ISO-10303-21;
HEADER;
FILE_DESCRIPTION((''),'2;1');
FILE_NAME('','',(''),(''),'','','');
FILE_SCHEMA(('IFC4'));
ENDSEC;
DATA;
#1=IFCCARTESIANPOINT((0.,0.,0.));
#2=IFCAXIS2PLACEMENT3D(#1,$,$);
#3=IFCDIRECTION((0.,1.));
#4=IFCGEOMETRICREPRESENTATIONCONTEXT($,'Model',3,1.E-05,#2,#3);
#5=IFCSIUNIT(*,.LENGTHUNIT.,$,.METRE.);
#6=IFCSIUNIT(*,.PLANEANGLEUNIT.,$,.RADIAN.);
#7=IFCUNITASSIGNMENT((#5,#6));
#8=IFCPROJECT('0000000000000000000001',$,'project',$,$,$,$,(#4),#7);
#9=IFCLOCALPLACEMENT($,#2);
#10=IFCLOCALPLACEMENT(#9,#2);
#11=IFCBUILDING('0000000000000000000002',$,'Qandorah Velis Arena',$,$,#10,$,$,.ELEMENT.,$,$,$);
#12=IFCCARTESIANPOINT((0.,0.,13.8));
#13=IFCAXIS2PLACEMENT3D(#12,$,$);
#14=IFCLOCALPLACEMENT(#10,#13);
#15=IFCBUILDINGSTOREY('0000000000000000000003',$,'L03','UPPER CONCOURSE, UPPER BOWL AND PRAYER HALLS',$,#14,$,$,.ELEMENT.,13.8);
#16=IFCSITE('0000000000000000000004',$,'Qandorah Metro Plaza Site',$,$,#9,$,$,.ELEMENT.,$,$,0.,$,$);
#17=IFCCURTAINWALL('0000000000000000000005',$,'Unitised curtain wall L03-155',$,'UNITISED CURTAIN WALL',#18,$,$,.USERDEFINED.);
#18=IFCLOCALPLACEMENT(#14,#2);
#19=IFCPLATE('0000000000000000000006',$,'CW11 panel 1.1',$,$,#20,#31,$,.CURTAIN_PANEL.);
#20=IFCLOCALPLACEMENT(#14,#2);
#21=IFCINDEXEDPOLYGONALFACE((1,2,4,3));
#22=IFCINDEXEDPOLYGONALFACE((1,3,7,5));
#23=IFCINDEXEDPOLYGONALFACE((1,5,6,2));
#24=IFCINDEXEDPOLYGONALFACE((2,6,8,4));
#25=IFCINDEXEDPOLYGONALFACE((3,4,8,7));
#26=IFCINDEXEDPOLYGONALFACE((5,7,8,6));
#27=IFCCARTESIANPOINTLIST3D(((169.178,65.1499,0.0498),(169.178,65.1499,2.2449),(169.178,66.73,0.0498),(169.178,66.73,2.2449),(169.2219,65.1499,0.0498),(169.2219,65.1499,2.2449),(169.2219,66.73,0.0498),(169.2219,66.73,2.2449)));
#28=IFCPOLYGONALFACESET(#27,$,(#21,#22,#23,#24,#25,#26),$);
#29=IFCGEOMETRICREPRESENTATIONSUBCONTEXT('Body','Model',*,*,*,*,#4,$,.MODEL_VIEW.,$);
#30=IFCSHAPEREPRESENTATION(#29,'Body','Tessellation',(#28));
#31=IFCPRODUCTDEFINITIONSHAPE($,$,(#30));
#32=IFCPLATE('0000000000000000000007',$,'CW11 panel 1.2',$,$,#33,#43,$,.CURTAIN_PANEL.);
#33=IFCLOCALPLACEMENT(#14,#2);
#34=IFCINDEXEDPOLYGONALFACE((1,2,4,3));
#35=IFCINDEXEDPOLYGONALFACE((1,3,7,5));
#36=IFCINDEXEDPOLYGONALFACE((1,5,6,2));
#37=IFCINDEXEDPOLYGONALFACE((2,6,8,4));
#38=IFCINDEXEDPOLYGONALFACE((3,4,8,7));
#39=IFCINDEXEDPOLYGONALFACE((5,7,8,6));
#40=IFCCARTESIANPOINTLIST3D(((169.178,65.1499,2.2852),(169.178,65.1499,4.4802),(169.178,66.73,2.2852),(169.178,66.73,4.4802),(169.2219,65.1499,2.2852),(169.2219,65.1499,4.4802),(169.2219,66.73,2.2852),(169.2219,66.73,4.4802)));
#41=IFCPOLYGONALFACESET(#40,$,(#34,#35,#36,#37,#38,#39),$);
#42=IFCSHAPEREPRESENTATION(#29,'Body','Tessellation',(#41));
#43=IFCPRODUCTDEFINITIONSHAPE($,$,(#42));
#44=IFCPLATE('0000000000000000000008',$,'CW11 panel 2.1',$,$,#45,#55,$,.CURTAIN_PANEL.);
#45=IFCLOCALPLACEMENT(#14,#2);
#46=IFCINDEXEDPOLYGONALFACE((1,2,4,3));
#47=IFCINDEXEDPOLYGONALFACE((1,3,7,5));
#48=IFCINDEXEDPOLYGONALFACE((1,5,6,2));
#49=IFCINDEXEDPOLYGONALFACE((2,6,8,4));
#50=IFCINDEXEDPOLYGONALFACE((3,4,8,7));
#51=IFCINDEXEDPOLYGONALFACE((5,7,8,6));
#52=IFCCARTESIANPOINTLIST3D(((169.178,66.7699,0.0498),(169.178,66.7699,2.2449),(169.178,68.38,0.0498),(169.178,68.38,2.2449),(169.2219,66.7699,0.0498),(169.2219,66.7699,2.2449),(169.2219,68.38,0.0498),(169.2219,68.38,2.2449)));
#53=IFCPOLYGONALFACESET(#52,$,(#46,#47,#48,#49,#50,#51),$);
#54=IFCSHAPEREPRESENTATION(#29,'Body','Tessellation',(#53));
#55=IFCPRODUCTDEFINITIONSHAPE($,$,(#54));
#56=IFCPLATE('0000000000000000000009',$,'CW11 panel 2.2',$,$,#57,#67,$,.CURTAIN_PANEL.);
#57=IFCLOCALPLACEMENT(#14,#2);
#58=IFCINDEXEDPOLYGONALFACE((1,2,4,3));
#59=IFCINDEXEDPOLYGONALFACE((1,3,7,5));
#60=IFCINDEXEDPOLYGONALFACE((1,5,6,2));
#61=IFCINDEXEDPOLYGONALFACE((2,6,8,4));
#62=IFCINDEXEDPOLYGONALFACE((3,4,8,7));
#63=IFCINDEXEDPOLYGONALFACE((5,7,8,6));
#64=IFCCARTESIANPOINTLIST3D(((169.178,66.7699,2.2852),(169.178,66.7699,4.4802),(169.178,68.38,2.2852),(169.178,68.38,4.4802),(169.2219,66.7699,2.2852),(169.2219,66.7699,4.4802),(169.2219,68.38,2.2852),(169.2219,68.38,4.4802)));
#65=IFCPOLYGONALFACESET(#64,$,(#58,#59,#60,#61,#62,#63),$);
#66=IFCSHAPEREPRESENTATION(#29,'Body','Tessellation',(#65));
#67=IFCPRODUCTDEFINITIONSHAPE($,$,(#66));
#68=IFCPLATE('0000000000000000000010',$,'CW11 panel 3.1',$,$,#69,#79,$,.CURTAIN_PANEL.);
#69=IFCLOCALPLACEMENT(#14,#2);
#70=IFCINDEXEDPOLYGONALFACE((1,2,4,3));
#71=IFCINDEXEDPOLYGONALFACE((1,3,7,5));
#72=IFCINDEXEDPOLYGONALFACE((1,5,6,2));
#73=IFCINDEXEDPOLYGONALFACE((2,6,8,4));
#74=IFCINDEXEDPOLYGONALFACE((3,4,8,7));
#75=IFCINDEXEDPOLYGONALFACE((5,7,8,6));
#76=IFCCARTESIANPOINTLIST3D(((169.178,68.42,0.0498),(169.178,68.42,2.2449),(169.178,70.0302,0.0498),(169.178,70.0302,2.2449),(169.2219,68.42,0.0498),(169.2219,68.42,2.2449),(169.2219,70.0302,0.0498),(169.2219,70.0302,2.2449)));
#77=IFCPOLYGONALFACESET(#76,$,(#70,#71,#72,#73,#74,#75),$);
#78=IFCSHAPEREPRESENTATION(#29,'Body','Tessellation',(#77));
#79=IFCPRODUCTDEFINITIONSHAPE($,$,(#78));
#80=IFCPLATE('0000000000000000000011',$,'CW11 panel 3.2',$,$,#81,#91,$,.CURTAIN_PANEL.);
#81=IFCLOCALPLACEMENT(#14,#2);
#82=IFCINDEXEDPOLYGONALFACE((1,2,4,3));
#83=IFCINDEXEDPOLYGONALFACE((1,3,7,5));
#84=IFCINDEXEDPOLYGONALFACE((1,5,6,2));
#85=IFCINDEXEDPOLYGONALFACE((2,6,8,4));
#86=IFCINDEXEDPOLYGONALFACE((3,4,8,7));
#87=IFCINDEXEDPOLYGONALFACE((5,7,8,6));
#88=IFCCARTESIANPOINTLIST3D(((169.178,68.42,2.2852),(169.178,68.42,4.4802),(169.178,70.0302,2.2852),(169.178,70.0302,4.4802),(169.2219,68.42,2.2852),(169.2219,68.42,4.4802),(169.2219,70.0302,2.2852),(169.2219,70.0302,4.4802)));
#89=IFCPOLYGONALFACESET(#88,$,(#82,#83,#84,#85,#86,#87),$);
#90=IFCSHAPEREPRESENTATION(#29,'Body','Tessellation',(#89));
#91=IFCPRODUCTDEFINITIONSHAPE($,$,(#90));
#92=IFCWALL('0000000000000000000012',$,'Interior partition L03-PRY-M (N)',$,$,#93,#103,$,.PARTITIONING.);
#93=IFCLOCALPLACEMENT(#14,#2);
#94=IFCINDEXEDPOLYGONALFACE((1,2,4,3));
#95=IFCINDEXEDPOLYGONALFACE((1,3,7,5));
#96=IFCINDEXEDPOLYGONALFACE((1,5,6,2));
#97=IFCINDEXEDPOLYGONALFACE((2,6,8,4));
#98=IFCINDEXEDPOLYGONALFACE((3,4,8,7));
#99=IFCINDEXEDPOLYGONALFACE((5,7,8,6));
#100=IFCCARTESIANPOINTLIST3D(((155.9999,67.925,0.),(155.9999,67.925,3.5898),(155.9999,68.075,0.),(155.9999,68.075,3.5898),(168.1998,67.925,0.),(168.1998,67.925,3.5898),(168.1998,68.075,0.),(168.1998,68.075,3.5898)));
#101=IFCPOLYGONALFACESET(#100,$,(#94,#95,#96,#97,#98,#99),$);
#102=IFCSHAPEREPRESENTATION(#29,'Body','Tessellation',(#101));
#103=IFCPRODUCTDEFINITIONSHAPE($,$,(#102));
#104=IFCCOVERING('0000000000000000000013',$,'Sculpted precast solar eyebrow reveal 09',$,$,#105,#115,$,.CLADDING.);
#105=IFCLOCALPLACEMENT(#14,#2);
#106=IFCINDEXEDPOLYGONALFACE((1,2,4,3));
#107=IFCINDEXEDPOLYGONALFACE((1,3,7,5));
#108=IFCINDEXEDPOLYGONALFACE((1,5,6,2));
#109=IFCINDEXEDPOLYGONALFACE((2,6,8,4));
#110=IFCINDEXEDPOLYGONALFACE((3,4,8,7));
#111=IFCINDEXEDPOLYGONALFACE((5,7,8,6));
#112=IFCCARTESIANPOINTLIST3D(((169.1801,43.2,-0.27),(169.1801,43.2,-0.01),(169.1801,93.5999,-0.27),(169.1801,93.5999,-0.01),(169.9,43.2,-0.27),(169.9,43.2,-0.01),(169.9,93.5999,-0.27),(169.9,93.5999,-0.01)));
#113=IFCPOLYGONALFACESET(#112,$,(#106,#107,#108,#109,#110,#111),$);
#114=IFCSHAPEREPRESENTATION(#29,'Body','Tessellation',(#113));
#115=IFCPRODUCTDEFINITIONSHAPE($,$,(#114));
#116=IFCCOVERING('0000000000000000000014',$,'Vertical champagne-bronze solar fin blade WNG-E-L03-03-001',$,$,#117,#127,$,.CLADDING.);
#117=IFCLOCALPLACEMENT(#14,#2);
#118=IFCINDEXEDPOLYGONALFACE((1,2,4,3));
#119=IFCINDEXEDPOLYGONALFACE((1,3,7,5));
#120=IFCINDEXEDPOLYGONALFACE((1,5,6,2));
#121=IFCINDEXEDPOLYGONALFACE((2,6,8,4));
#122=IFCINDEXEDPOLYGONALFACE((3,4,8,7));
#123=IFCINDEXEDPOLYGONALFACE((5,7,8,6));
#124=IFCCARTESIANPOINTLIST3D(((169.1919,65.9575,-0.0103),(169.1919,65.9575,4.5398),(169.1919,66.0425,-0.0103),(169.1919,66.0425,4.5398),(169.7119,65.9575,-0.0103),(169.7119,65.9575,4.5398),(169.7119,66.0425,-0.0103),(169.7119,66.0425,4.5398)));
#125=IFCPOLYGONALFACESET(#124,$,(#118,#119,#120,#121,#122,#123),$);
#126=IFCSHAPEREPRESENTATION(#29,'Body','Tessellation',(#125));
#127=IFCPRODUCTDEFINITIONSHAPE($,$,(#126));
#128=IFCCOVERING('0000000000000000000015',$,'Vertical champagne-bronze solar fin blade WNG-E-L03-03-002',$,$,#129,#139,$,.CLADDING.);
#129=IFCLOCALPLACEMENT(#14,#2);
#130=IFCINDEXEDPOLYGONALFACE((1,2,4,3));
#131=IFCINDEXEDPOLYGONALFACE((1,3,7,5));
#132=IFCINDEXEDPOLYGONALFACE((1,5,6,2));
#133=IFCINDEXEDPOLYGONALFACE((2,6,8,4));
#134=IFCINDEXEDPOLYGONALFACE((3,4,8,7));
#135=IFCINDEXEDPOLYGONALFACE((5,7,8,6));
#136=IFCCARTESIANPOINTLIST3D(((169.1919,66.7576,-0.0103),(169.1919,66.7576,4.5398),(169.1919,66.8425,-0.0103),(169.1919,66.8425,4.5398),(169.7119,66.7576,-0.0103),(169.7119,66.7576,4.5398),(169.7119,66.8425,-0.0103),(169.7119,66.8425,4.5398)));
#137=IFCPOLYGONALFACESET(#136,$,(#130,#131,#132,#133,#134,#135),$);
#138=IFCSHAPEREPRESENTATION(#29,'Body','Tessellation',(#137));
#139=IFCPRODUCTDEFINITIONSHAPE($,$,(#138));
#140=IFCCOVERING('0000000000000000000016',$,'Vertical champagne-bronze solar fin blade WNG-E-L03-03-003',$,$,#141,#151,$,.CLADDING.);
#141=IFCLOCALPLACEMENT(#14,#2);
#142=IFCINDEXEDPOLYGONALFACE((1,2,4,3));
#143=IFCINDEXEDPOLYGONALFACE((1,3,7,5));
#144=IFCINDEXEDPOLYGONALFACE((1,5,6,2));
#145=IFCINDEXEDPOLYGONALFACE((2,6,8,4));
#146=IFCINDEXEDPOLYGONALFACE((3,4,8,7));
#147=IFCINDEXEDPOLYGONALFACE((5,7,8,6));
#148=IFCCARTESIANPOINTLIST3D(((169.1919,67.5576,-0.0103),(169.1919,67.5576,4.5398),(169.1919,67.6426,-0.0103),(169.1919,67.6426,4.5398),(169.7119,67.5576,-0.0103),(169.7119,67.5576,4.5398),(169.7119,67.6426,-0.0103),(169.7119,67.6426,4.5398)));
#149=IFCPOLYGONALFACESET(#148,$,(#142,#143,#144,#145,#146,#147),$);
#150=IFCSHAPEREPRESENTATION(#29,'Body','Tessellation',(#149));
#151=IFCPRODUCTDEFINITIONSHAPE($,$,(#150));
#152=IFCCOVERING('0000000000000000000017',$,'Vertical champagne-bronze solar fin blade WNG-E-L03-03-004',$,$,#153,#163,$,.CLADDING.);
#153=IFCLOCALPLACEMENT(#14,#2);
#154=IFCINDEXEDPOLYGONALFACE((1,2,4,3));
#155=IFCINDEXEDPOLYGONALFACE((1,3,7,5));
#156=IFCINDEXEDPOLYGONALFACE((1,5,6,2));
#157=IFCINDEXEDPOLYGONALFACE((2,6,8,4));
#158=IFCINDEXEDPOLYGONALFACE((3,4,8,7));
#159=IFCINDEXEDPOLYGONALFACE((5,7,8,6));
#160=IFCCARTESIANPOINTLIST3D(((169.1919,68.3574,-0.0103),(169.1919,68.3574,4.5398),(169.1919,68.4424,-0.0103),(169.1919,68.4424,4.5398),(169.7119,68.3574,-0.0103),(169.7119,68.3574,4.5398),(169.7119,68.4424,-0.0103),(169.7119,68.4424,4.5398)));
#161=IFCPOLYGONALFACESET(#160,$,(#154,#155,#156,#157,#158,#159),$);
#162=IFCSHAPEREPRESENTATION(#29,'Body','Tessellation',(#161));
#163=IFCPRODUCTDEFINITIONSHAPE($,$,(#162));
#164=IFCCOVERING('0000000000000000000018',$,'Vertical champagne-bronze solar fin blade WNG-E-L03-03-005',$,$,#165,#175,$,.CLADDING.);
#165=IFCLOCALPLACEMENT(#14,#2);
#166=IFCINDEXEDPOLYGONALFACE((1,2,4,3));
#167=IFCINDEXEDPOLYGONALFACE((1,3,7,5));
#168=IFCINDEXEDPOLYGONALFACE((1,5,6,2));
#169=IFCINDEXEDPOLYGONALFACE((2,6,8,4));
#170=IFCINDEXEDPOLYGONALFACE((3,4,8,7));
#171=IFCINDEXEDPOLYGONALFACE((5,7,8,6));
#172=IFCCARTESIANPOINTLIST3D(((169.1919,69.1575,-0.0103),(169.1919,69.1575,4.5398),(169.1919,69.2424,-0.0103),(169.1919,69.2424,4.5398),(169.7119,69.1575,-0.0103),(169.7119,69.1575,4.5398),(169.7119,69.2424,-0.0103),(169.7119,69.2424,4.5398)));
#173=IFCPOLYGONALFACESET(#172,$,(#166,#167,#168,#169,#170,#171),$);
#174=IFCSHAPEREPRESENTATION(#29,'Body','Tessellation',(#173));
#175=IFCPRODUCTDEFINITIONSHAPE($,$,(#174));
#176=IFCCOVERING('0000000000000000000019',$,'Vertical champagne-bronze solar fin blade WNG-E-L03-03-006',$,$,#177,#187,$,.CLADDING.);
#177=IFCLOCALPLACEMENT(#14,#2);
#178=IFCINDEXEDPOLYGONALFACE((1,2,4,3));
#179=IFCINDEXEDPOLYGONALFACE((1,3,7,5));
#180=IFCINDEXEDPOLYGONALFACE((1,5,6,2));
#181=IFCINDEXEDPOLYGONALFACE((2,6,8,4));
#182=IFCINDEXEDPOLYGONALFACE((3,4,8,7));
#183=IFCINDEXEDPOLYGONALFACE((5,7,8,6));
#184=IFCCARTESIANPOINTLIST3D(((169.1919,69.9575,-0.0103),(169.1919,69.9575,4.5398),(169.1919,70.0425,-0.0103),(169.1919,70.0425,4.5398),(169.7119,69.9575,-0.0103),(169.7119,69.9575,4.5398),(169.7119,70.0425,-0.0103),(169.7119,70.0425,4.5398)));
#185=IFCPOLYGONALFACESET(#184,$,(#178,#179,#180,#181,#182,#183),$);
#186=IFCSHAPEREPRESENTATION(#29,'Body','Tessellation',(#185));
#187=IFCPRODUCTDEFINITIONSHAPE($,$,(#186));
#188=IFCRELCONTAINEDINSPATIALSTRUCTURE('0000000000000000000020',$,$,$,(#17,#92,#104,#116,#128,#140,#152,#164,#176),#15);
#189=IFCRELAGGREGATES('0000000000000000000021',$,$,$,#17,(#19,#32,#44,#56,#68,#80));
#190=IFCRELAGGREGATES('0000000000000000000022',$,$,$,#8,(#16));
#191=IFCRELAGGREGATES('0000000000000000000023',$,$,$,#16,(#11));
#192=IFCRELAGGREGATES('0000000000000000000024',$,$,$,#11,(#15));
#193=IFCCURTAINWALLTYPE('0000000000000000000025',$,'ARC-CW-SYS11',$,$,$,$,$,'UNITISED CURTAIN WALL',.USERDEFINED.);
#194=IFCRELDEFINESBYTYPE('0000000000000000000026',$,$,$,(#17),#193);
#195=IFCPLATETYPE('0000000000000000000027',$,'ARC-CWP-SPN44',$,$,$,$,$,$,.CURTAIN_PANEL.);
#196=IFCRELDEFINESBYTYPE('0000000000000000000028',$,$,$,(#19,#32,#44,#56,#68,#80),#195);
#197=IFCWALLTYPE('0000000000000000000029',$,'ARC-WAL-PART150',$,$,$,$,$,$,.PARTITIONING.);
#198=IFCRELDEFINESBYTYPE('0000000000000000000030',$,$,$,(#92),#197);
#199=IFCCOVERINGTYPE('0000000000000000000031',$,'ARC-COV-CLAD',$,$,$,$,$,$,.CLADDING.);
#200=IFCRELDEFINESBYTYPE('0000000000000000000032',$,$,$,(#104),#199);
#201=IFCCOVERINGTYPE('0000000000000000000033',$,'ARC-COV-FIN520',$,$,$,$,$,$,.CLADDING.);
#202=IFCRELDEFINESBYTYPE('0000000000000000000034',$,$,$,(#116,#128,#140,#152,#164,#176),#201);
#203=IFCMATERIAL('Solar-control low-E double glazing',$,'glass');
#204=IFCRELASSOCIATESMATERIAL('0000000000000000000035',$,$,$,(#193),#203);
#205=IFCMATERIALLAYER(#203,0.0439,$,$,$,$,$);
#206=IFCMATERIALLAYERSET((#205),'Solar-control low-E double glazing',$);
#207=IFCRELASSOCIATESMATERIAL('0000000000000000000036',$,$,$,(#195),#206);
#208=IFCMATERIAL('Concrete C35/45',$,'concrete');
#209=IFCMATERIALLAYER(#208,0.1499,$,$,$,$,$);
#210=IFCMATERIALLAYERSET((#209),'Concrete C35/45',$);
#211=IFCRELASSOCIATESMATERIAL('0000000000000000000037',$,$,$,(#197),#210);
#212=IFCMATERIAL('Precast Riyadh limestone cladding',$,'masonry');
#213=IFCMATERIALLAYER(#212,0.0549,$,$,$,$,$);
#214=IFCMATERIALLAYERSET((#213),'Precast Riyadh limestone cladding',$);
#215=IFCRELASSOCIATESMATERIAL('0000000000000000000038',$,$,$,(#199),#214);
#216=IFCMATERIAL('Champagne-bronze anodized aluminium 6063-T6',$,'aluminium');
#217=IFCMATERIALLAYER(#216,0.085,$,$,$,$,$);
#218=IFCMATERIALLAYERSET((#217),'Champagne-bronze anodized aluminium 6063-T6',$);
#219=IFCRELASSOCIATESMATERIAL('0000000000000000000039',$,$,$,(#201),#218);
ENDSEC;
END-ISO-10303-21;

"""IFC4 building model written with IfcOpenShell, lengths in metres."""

from ifc_helpers import new_model, si_unit, direction, frame, frame_2d, origin, origin_2d, place, context, subcontext, project, spatial, rectangle, extrude, material, layer, layer_set, type_object, element, aggregate, save


model = new_model("IFC4")

# Units and contexts
model_context = context("Model", 3, precision=1e-05, world=origin(), true_north=direction((0.0, 1.0)))
body_context = subcontext(model_context, "Body", "Model", "MODEL_VIEW")
ifc_project = project(units=[si_unit("LENGTHUNIT", "METRE"), si_unit("PLANEANGLEUNIT", "RADIAN")], contexts=[model_context])

# Site, building, storey
site_placement = place(None, origin())
site = spatial("IfcSite", under=ifc_project, at=site_placement, Name="Qandorah Metro Plaza Site", CompositionType="ELEMENT", RefElevation=0.0)
building_placement = place(site_placement, origin())
building = spatial("IfcBuilding", under=site, at=building_placement, Name="Qandorah Velis Arena", CompositionType="ELEMENT")
storey_placement = place(building_placement, frame((0.0, 0.0, 13.8)))
storey = spatial("IfcBuildingStorey", under=building, at=storey_placement, Name="L03", Description="UPPER CONCOURSE, UPPER BOWL AND PRAYER HALLS", CompositionType="ELEMENT", Elevation=13.8)

# Curtain wall
ifc_material_1 = material(Name="Solar-control low-E double glazing", Category="glass")
curtain_wall_type_1 = type_object("IfcCurtainWallType", Name="ARC-CW-SYS11", ElementType="UNITISED CURTAIN WALL", PredefinedType="USERDEFINED", material=ifc_material_1)
curtain_wall_1_placement = place(storey_placement, origin())
curtain_wall_1 = element("IfcCurtainWall", 1, at=curtain_wall_1_placement, inside=storey, type_object=curtain_wall_type_1, Name="Unitised curtain wall L03-155", ObjectType="UNITISED CURTAIN WALL", PredefinedType="USERDEFINED")
ifc_material_2 = material(Name="Champagne-bronze anodized aluminium 6063-T6", Category="aluminium")

# Plates
ifc_layer_1 = layer(ifc_material_1, 0.0439)
ifc_layer_set_1 = layer_set([ifc_layer_1], Name="Solar-control low-E double glazing")
plate_type = type_object("IfcPlateType", Name="ARC-CWP-SPN44", PredefinedType="CURTAIN_PANEL", material=ifc_layer_set_1)
plate_1_placement = place(storey_placement, frame((169.2, 65.9399, 0.0498), z_axis=(0.0, 0.0, 1.0), x_axis=(0.0, 1.0, 0.0)))
plate_1 = element("IfcPlate", 2, at=plate_1_placement, type_object=plate_type, Name="CW11 panel 1.1", PredefinedType="CURTAIN_PANEL", context=body_context, shape_type="SweptSolid", body=[
    extrude(rectangle(XDim=1.5801, YDim=0.0439, at=origin_2d()), origin(), (0.0, 0.0, 1.0), 2.1951),
])
plate_2_placement = place(storey_placement, frame((169.2, 65.9399, 2.2852), z_axis=(0.0, 0.0, 1.0), x_axis=(0.0, 1.0, 0.0)))
plate_2 = element("IfcPlate", 3, at=plate_2_placement, type_object=plate_type, Name="CW11 panel 1.2", PredefinedType="CURTAIN_PANEL", context=body_context, shape_type="SweptSolid", body=[
    extrude(rectangle(XDim=1.5801, YDim=0.0439, at=origin_2d()), origin(), (0.0, 0.0, 1.0), 2.1951),
])
plate_3_placement = place(storey_placement, frame((169.2, 67.575, 0.0498), z_axis=(0.0, 0.0, 1.0), x_axis=(0.0, 1.0, 0.0)))
plate_3 = element("IfcPlate", 4, at=plate_3_placement, type_object=plate_type, Name="CW11 panel 2.1", PredefinedType="CURTAIN_PANEL", context=body_context, shape_type="SweptSolid", body=[
    extrude(rectangle(XDim=1.6101, YDim=0.0439, at=origin_2d()), origin(), (0.0, 0.0, 1.0), 2.1951),
])
plate_4_placement = place(storey_placement, frame((169.2, 67.575, 2.2852), z_axis=(0.0, 0.0, 1.0), x_axis=(0.0, 1.0, 0.0)))
plate_4 = element("IfcPlate", 5, at=plate_4_placement, type_object=plate_type, Name="CW11 panel 2.2", PredefinedType="CURTAIN_PANEL", context=body_context, shape_type="SweptSolid", body=[
    extrude(rectangle(XDim=1.6101, YDim=0.0439, at=origin_2d()), origin(), (0.0, 0.0, 1.0), 2.1951),
])
plate_5_placement = place(storey_placement, frame((169.2, 69.2251, 0.0498), z_axis=(0.0, 0.0, 1.0), x_axis=(0.0, 1.0, 0.0)))
plate_5 = element("IfcPlate", 6, at=plate_5_placement, type_object=plate_type, Name="CW11 panel 3.1", PredefinedType="CURTAIN_PANEL", context=body_context, shape_type="SweptSolid", body=[
    extrude(rectangle(XDim=1.6101, YDim=0.0439, at=origin_2d()), origin(), (0.0, 0.0, 1.0), 2.1951),
])
plate_6_placement = place(storey_placement, frame((169.2, 69.2251, 2.2852), z_axis=(0.0, 0.0, 1.0), x_axis=(0.0, 1.0, 0.0)))
plate_6 = element("IfcPlate", 7, at=plate_6_placement, type_object=plate_type, Name="CW11 panel 3.2", PredefinedType="CURTAIN_PANEL", context=body_context, shape_type="SweptSolid", body=[
    extrude(rectangle(XDim=1.6101, YDim=0.0439, at=origin_2d()), origin(), (0.0, 0.0, 1.0), 2.1951),
])
aggregate(curtain_wall_1, [plate_1, plate_2, plate_3, plate_4, plate_5, plate_6])

# Wall
ifc_material_3 = material(Name="Concrete C35/45", Category="concrete")
ifc_layer_2 = layer(ifc_material_3, 0.1499)
ifc_layer_set_2 = layer_set([ifc_layer_2], Name="Concrete C35/45")
wall_type = type_object("IfcWallType", Name="ARC-WAL-PART150", PredefinedType="PARTITIONING", material=ifc_layer_set_2)
wall_placement = place(storey_placement, frame((168.2, 68.0, 0.0), z_axis=(0.0, 0.0, 1.0), x_axis=(-1.0, 0.0, 0.0)))
element("IfcWall", 8, at=wall_placement, inside=storey, type_object=wall_type, Name="Interior partition L03-PRY-M (N)", PredefinedType="PARTITIONING", context=body_context, shape_type="SweptSolid", body=[
    extrude(rectangle(XDim=12.2, YDim=0.1499, at=frame_2d((6.1001, 0.0))), origin(), (0.0, 0.0, 1.0), 3.5898),
])

# Coverings
ifc_material_4 = material(Name="Precast Riyadh limestone cladding", Category="masonry")
ifc_layer_3 = layer(ifc_material_4, 0.0549)
ifc_layer_set_3 = layer_set([ifc_layer_3], Name="Precast Riyadh limestone cladding")
covering_type_1 = type_object("IfcCoveringType", Name="ARC-COV-CLAD", PredefinedType="CLADDING", material=ifc_layer_set_3)
covering_placement = place(storey_placement, frame((169.54, 68.3999, -0.27), z_axis=(0.0, 0.0, 1.0), x_axis=(1.0, 0.0, 0.0)))
element("IfcCovering", 9, at=covering_placement, inside=storey, type_object=covering_type_1, Name="Sculpted precast solar eyebrow reveal 09", PredefinedType="CLADDING", context=body_context, shape_type="SweptSolid", body=[
    extrude(rectangle(XDim=0.72, YDim=50.3999, at=origin_2d()), origin(), (0.0, 0.0, 1.0), 0.26),
])
ifc_layer_4 = layer(ifc_material_2, 0.085)
ifc_layer_set_4 = layer_set([ifc_layer_4], Name="Champagne-bronze anodized aluminium 6063-T6")
covering_type_2 = type_object("IfcCoveringType", Name="ARC-COV-FIN520", PredefinedType="CLADDING", material=ifc_layer_set_4)
for number, where, z_axis, x_axis, name in (
    (10, (169.4519, 66.0, -0.0103), (0.0, 0.0, 1.0), (1.0, 0.0, 0.0), "Vertical champagne-bronze solar fin blade WNG-E-L03-03-001"),
    (11, (169.4519, 66.8, -0.0103), (0.0, 0.0, 1.0), (1.0, 0.0, 0.0), "Vertical champagne-bronze solar fin blade WNG-E-L03-03-002"),
    (12, (169.4519, 67.6001, -0.0103), (0.0, 0.0, 1.0), (1.0, 0.0, 0.0), "Vertical champagne-bronze solar fin blade WNG-E-L03-03-003"),
    (13, (169.4519, 68.3999, -0.0103), (0.0, 0.0, 1.0), (1.0, 0.0, 0.0), "Vertical champagne-bronze solar fin blade WNG-E-L03-03-004"),
    (14, (169.4519, 69.2, -0.0103), (0.0, 0.0, 1.0), (1.0, 0.0, 0.0), "Vertical champagne-bronze solar fin blade WNG-E-L03-03-005"),
    (15, (169.4519, 70.0, -0.0103), (0.0, 0.0, 1.0), (1.0, 0.0, 0.0), "Vertical champagne-bronze solar fin blade WNG-E-L03-03-006"),
):
    element("IfcCovering", number, at=place(storey_placement, frame(where, z_axis=z_axis, x_axis=x_axis)), inside=storey, type_object=covering_type_2, Name=name, PredefinedType="CLADDING", context=body_context, shape_type="SweptSolid", body=[
        extrude(rectangle(XDim=0.52, YDim=0.085, at=origin_2d()), origin(), (0.0, 0.0, 1.0), 4.55),
    ])

save(model, "model.ifc")
